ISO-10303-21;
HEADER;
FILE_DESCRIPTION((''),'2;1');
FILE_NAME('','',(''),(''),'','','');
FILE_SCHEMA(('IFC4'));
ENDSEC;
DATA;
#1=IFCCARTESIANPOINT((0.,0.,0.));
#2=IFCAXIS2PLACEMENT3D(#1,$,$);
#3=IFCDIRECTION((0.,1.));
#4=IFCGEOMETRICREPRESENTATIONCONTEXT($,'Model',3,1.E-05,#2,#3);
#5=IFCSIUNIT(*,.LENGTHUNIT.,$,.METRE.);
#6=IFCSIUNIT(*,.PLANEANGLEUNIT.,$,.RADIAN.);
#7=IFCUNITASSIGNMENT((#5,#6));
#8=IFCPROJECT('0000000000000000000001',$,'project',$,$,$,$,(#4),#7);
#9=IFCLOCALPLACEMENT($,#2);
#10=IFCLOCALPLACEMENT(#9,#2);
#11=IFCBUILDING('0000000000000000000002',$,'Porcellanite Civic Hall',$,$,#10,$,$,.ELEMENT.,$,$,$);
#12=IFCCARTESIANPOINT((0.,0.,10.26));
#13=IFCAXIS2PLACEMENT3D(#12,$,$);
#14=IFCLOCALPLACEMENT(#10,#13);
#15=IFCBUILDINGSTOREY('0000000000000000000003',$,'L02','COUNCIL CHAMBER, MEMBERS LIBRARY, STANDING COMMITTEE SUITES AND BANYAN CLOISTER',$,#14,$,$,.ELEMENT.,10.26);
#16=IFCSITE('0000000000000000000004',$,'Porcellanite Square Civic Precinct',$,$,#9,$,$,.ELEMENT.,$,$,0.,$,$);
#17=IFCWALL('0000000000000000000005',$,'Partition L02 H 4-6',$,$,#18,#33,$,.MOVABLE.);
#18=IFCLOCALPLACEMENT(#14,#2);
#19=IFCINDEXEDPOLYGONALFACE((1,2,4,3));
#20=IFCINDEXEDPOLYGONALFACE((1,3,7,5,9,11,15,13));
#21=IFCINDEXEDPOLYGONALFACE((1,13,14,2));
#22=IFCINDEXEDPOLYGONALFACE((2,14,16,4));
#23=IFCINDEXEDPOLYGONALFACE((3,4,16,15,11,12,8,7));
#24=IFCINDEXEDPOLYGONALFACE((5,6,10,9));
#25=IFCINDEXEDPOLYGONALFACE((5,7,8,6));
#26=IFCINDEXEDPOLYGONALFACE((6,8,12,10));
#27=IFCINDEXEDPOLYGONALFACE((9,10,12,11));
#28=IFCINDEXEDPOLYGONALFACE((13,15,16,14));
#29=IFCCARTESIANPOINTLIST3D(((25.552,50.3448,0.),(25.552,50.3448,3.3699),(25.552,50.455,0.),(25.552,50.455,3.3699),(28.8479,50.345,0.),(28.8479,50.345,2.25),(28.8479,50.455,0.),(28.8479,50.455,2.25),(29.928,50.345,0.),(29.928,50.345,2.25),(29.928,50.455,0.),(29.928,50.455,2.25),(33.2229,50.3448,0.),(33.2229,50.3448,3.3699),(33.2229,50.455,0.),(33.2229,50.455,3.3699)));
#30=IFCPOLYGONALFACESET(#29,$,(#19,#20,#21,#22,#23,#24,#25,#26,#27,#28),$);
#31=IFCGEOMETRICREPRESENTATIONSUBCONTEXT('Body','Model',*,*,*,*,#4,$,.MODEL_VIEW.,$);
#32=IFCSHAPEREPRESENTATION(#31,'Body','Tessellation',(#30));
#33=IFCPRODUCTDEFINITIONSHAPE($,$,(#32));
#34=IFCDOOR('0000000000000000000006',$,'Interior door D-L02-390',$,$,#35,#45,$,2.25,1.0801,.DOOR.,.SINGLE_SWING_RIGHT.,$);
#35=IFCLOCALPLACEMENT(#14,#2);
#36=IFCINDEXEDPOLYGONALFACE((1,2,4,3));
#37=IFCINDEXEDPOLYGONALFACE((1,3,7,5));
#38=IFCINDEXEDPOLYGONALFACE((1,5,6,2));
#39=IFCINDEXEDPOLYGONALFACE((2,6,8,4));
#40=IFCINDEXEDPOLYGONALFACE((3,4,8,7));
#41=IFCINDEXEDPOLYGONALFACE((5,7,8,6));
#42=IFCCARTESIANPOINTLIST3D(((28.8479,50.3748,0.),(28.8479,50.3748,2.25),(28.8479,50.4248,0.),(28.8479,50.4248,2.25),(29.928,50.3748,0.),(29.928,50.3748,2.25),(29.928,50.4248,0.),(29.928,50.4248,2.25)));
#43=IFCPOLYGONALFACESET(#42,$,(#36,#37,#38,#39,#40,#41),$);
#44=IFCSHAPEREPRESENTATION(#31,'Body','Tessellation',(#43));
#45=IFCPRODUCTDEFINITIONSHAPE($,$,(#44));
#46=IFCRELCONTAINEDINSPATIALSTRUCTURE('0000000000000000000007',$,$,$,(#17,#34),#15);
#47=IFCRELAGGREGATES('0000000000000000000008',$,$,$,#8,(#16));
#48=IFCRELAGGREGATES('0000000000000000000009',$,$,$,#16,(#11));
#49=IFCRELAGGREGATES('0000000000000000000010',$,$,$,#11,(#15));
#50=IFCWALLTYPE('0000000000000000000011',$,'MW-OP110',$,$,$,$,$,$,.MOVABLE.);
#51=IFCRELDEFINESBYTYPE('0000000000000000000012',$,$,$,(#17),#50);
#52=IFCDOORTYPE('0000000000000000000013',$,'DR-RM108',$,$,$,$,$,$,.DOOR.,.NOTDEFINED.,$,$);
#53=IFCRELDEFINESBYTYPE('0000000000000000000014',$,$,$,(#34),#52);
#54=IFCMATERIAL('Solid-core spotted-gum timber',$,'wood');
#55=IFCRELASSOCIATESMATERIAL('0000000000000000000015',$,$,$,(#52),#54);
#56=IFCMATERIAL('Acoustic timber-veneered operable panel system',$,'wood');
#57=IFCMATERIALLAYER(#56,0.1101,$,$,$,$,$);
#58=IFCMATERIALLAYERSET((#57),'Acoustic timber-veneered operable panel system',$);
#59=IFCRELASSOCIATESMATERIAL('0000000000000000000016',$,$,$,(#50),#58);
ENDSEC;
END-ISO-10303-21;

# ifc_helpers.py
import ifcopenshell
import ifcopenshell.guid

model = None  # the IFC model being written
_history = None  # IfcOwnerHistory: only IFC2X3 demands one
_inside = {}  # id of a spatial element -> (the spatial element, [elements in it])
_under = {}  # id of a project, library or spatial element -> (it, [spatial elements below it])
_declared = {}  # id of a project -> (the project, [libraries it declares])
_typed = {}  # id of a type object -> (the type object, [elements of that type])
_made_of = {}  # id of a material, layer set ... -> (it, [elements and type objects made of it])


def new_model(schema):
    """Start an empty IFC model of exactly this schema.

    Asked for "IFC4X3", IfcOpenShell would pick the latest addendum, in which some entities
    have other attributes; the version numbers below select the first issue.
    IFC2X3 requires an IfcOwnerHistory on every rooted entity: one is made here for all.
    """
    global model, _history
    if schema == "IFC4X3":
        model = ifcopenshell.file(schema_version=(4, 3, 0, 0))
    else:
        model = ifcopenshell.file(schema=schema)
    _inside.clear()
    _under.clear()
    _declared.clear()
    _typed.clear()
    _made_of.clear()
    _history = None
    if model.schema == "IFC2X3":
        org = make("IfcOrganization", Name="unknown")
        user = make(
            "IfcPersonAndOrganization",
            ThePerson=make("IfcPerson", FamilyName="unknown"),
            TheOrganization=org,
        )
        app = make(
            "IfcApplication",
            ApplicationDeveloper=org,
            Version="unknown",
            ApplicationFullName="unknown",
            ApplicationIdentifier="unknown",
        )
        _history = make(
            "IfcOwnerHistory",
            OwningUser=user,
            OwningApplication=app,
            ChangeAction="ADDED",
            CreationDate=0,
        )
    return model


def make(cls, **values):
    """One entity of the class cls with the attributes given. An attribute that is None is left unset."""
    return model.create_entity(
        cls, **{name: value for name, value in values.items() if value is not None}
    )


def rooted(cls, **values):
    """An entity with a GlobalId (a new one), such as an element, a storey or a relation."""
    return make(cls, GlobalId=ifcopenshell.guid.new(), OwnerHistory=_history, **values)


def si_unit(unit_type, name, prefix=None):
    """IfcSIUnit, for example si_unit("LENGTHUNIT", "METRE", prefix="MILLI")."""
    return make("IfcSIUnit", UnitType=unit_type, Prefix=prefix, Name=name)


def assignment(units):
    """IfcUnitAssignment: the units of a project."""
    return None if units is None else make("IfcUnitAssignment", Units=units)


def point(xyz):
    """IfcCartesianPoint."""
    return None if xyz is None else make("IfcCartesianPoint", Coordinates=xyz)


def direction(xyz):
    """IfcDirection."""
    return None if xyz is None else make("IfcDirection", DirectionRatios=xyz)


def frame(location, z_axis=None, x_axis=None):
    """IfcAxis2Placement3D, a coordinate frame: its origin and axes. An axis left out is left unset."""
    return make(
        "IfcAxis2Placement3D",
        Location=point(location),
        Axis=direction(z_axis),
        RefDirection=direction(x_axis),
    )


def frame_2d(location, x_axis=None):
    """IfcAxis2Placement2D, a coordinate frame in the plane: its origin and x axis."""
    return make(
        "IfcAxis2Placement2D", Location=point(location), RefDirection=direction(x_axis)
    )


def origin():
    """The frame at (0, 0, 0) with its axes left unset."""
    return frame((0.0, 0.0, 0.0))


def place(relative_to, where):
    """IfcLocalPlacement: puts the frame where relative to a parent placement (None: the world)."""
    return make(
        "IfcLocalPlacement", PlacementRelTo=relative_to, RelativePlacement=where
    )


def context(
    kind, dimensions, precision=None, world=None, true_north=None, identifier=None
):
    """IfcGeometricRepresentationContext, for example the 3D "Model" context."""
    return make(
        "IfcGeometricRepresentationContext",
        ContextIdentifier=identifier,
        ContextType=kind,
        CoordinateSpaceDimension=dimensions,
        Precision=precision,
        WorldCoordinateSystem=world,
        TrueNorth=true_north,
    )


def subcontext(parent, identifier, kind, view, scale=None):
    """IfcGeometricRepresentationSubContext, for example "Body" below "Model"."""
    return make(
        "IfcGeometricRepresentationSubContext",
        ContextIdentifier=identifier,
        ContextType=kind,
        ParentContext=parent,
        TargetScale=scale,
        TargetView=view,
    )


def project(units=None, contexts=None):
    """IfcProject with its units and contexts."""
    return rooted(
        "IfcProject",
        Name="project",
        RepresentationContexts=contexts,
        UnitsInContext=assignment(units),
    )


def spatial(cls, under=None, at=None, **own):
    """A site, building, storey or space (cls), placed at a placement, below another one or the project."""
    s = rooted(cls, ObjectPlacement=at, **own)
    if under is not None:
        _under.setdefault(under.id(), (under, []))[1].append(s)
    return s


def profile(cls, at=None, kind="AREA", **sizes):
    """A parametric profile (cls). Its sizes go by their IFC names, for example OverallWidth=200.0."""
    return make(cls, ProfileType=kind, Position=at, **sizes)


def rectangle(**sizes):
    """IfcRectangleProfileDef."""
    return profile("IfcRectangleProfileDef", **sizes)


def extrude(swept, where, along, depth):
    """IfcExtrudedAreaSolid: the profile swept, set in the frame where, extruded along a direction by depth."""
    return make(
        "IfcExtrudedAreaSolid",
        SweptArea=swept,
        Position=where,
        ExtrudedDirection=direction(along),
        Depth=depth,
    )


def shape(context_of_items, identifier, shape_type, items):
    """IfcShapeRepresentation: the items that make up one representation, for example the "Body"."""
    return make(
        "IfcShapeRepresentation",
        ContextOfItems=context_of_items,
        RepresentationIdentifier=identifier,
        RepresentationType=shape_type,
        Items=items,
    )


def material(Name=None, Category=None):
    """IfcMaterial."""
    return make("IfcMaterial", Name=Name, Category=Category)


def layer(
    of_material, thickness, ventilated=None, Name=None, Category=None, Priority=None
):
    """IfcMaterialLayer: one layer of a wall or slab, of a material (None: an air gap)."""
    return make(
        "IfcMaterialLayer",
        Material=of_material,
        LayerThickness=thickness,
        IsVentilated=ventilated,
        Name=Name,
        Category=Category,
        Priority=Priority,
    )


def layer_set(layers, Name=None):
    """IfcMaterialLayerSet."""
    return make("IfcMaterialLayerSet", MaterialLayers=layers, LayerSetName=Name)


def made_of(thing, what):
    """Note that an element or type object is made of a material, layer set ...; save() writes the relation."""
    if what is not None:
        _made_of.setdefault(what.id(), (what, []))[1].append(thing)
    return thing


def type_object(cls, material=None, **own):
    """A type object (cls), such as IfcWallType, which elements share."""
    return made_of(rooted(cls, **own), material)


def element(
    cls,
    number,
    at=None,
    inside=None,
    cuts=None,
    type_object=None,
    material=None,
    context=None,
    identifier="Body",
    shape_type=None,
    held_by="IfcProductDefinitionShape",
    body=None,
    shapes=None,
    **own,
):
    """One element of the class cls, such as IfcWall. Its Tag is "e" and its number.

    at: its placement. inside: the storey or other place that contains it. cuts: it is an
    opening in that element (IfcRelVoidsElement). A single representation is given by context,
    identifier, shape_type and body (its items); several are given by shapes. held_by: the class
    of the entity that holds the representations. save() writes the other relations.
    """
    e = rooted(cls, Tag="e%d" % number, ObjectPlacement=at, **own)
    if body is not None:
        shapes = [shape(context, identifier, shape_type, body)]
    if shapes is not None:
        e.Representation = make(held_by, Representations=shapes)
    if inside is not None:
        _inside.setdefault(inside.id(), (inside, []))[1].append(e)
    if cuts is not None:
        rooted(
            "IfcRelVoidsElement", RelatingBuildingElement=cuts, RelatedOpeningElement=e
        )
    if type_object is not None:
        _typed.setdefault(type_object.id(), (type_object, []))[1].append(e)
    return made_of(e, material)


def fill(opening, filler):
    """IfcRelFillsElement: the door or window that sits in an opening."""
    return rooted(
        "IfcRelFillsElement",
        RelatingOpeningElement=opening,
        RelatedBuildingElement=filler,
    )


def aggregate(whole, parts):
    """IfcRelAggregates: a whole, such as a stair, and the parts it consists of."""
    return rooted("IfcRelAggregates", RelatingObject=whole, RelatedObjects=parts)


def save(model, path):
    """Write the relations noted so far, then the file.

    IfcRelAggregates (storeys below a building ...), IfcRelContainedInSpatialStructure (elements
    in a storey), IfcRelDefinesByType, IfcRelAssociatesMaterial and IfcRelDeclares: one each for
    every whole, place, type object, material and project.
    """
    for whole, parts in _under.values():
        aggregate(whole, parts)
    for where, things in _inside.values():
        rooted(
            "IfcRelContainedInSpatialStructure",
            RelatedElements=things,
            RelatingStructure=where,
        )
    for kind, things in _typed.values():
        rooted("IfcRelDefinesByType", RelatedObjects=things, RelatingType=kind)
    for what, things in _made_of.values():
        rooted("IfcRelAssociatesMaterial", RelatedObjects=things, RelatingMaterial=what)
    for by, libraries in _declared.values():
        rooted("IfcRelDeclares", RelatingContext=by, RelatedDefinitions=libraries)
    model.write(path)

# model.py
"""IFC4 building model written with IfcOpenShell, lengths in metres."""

from ifc_helpers import new_model, si_unit, direction, frame, frame_2d, origin, place, context, subcontext, project, spatial, rectangle, extrude, material, layer, layer_set, type_object, element, fill, save


model = new_model("IFC4")

# Units and contexts
model_context = context("Model", 3, precision=1e-05, world=origin(), true_north=direction((0.0, 1.0)))
body_context = subcontext(model_context, "Body", "Model", "MODEL_VIEW")
ifc_project = project(units=[si_unit("LENGTHUNIT", "METRE"), si_unit("PLANEANGLEUNIT", "RADIAN")], contexts=[model_context])

# Site, building, storey
site_placement = place(None, origin())
site = spatial("IfcSite", under=ifc_project, at=site_placement, Name="Porcellanite Square Civic Precinct", CompositionType="ELEMENT", RefElevation=0.0)
building_placement = place(site_placement, origin())
building = spatial("IfcBuilding", under=site, at=building_placement, Name="Porcellanite Civic Hall", CompositionType="ELEMENT")
storey_placement = place(building_placement, frame((0.0, 0.0, 10.26)))
storey = spatial("IfcBuildingStorey", under=building, at=storey_placement, Name="L02", Description="COUNCIL CHAMBER, MEMBERS LIBRARY, STANDING COMMITTEE SUITES AND BANYAN CLOISTER", CompositionType="ELEMENT", Elevation=10.26)

# Wall, opening, door
ifc_material_1 = material(Name="Solid-core spotted-gum timber", Category="wood")
door_type_1 = type_object("IfcDoorType", Name="DR-RM108", OperationType="NOTDEFINED", PredefinedType="DOOR", material=ifc_material_1)
ifc_material_2 = material(Name="Acoustic timber-veneered operable panel system", Category="wood")
ifc_layer_1 = layer(ifc_material_2, 0.1101)
ifc_layer_set_1 = layer_set([ifc_layer_1], Name="Acoustic timber-veneered operable panel system")
wall_type_1 = type_object("IfcWallType", Name="MW-OP110", PredefinedType="MOVABLE", material=ifc_layer_set_1)
wall_1_placement = place(storey_placement, frame((25.552, 50.3999, 0.0), z_axis=(0.0, 0.0, 1.0), x_axis=(1.0, 0.0, 0.0)))
wall_1 = element("IfcWall", 1, at=wall_1_placement, inside=storey, type_object=wall_type_1, Name="Partition L02 H 4-6", PredefinedType="MOVABLE", context=body_context, shape_type="SweptSolid", body=[
    extrude(rectangle(XDim=7.6709, YDim=0.1101, at=frame_2d((3.8354, 0.0))), origin(), (0.0, 0.0, 1.0), 3.3699),
])
opening_1_placement = place(wall_1_placement, frame((3.2959, 0.0, 0.0)))
opening_1 = element("IfcOpeningElement", 2, at=opening_1_placement, cuts=wall_1, PredefinedType="OPENING", context=body_context, shape_type="SweptSolid", body=[
    extrude(rectangle(XDim=1.0801, YDim=2.25, at=frame_2d((0.54, 1.125))), frame((0.0, 0.0552, 0.0), z_axis=(0.0, -1.0, 0.0), x_axis=(1.0, 0.0, 0.0)), (0.0, 0.0, 1.0), 0.1101),
])
door_1_placement = place(opening_1_placement, origin())
door_1 = element("IfcDoor", 3, at=door_1_placement, inside=storey, type_object=door_type_1, Name="Interior door D-L02-390", OperationType="SINGLE_SWING_RIGHT", OverallHeight=2.25, OverallWidth=1.0801, PredefinedType="DOOR", context=body_context, shape_type="SweptSolid", body=[
    extrude(rectangle(XDim=1.0801, YDim=2.25, at=frame_2d((0.54, 1.125))), frame((0.0, 0.0249, 0.0), z_axis=(0.0, -1.0, 0.0), x_axis=(1.0, 0.0, 0.0)), (0.0, 0.0, 1.0), 0.05),
])
fill(opening_1, door_1)

save(model, "model.ifc")
